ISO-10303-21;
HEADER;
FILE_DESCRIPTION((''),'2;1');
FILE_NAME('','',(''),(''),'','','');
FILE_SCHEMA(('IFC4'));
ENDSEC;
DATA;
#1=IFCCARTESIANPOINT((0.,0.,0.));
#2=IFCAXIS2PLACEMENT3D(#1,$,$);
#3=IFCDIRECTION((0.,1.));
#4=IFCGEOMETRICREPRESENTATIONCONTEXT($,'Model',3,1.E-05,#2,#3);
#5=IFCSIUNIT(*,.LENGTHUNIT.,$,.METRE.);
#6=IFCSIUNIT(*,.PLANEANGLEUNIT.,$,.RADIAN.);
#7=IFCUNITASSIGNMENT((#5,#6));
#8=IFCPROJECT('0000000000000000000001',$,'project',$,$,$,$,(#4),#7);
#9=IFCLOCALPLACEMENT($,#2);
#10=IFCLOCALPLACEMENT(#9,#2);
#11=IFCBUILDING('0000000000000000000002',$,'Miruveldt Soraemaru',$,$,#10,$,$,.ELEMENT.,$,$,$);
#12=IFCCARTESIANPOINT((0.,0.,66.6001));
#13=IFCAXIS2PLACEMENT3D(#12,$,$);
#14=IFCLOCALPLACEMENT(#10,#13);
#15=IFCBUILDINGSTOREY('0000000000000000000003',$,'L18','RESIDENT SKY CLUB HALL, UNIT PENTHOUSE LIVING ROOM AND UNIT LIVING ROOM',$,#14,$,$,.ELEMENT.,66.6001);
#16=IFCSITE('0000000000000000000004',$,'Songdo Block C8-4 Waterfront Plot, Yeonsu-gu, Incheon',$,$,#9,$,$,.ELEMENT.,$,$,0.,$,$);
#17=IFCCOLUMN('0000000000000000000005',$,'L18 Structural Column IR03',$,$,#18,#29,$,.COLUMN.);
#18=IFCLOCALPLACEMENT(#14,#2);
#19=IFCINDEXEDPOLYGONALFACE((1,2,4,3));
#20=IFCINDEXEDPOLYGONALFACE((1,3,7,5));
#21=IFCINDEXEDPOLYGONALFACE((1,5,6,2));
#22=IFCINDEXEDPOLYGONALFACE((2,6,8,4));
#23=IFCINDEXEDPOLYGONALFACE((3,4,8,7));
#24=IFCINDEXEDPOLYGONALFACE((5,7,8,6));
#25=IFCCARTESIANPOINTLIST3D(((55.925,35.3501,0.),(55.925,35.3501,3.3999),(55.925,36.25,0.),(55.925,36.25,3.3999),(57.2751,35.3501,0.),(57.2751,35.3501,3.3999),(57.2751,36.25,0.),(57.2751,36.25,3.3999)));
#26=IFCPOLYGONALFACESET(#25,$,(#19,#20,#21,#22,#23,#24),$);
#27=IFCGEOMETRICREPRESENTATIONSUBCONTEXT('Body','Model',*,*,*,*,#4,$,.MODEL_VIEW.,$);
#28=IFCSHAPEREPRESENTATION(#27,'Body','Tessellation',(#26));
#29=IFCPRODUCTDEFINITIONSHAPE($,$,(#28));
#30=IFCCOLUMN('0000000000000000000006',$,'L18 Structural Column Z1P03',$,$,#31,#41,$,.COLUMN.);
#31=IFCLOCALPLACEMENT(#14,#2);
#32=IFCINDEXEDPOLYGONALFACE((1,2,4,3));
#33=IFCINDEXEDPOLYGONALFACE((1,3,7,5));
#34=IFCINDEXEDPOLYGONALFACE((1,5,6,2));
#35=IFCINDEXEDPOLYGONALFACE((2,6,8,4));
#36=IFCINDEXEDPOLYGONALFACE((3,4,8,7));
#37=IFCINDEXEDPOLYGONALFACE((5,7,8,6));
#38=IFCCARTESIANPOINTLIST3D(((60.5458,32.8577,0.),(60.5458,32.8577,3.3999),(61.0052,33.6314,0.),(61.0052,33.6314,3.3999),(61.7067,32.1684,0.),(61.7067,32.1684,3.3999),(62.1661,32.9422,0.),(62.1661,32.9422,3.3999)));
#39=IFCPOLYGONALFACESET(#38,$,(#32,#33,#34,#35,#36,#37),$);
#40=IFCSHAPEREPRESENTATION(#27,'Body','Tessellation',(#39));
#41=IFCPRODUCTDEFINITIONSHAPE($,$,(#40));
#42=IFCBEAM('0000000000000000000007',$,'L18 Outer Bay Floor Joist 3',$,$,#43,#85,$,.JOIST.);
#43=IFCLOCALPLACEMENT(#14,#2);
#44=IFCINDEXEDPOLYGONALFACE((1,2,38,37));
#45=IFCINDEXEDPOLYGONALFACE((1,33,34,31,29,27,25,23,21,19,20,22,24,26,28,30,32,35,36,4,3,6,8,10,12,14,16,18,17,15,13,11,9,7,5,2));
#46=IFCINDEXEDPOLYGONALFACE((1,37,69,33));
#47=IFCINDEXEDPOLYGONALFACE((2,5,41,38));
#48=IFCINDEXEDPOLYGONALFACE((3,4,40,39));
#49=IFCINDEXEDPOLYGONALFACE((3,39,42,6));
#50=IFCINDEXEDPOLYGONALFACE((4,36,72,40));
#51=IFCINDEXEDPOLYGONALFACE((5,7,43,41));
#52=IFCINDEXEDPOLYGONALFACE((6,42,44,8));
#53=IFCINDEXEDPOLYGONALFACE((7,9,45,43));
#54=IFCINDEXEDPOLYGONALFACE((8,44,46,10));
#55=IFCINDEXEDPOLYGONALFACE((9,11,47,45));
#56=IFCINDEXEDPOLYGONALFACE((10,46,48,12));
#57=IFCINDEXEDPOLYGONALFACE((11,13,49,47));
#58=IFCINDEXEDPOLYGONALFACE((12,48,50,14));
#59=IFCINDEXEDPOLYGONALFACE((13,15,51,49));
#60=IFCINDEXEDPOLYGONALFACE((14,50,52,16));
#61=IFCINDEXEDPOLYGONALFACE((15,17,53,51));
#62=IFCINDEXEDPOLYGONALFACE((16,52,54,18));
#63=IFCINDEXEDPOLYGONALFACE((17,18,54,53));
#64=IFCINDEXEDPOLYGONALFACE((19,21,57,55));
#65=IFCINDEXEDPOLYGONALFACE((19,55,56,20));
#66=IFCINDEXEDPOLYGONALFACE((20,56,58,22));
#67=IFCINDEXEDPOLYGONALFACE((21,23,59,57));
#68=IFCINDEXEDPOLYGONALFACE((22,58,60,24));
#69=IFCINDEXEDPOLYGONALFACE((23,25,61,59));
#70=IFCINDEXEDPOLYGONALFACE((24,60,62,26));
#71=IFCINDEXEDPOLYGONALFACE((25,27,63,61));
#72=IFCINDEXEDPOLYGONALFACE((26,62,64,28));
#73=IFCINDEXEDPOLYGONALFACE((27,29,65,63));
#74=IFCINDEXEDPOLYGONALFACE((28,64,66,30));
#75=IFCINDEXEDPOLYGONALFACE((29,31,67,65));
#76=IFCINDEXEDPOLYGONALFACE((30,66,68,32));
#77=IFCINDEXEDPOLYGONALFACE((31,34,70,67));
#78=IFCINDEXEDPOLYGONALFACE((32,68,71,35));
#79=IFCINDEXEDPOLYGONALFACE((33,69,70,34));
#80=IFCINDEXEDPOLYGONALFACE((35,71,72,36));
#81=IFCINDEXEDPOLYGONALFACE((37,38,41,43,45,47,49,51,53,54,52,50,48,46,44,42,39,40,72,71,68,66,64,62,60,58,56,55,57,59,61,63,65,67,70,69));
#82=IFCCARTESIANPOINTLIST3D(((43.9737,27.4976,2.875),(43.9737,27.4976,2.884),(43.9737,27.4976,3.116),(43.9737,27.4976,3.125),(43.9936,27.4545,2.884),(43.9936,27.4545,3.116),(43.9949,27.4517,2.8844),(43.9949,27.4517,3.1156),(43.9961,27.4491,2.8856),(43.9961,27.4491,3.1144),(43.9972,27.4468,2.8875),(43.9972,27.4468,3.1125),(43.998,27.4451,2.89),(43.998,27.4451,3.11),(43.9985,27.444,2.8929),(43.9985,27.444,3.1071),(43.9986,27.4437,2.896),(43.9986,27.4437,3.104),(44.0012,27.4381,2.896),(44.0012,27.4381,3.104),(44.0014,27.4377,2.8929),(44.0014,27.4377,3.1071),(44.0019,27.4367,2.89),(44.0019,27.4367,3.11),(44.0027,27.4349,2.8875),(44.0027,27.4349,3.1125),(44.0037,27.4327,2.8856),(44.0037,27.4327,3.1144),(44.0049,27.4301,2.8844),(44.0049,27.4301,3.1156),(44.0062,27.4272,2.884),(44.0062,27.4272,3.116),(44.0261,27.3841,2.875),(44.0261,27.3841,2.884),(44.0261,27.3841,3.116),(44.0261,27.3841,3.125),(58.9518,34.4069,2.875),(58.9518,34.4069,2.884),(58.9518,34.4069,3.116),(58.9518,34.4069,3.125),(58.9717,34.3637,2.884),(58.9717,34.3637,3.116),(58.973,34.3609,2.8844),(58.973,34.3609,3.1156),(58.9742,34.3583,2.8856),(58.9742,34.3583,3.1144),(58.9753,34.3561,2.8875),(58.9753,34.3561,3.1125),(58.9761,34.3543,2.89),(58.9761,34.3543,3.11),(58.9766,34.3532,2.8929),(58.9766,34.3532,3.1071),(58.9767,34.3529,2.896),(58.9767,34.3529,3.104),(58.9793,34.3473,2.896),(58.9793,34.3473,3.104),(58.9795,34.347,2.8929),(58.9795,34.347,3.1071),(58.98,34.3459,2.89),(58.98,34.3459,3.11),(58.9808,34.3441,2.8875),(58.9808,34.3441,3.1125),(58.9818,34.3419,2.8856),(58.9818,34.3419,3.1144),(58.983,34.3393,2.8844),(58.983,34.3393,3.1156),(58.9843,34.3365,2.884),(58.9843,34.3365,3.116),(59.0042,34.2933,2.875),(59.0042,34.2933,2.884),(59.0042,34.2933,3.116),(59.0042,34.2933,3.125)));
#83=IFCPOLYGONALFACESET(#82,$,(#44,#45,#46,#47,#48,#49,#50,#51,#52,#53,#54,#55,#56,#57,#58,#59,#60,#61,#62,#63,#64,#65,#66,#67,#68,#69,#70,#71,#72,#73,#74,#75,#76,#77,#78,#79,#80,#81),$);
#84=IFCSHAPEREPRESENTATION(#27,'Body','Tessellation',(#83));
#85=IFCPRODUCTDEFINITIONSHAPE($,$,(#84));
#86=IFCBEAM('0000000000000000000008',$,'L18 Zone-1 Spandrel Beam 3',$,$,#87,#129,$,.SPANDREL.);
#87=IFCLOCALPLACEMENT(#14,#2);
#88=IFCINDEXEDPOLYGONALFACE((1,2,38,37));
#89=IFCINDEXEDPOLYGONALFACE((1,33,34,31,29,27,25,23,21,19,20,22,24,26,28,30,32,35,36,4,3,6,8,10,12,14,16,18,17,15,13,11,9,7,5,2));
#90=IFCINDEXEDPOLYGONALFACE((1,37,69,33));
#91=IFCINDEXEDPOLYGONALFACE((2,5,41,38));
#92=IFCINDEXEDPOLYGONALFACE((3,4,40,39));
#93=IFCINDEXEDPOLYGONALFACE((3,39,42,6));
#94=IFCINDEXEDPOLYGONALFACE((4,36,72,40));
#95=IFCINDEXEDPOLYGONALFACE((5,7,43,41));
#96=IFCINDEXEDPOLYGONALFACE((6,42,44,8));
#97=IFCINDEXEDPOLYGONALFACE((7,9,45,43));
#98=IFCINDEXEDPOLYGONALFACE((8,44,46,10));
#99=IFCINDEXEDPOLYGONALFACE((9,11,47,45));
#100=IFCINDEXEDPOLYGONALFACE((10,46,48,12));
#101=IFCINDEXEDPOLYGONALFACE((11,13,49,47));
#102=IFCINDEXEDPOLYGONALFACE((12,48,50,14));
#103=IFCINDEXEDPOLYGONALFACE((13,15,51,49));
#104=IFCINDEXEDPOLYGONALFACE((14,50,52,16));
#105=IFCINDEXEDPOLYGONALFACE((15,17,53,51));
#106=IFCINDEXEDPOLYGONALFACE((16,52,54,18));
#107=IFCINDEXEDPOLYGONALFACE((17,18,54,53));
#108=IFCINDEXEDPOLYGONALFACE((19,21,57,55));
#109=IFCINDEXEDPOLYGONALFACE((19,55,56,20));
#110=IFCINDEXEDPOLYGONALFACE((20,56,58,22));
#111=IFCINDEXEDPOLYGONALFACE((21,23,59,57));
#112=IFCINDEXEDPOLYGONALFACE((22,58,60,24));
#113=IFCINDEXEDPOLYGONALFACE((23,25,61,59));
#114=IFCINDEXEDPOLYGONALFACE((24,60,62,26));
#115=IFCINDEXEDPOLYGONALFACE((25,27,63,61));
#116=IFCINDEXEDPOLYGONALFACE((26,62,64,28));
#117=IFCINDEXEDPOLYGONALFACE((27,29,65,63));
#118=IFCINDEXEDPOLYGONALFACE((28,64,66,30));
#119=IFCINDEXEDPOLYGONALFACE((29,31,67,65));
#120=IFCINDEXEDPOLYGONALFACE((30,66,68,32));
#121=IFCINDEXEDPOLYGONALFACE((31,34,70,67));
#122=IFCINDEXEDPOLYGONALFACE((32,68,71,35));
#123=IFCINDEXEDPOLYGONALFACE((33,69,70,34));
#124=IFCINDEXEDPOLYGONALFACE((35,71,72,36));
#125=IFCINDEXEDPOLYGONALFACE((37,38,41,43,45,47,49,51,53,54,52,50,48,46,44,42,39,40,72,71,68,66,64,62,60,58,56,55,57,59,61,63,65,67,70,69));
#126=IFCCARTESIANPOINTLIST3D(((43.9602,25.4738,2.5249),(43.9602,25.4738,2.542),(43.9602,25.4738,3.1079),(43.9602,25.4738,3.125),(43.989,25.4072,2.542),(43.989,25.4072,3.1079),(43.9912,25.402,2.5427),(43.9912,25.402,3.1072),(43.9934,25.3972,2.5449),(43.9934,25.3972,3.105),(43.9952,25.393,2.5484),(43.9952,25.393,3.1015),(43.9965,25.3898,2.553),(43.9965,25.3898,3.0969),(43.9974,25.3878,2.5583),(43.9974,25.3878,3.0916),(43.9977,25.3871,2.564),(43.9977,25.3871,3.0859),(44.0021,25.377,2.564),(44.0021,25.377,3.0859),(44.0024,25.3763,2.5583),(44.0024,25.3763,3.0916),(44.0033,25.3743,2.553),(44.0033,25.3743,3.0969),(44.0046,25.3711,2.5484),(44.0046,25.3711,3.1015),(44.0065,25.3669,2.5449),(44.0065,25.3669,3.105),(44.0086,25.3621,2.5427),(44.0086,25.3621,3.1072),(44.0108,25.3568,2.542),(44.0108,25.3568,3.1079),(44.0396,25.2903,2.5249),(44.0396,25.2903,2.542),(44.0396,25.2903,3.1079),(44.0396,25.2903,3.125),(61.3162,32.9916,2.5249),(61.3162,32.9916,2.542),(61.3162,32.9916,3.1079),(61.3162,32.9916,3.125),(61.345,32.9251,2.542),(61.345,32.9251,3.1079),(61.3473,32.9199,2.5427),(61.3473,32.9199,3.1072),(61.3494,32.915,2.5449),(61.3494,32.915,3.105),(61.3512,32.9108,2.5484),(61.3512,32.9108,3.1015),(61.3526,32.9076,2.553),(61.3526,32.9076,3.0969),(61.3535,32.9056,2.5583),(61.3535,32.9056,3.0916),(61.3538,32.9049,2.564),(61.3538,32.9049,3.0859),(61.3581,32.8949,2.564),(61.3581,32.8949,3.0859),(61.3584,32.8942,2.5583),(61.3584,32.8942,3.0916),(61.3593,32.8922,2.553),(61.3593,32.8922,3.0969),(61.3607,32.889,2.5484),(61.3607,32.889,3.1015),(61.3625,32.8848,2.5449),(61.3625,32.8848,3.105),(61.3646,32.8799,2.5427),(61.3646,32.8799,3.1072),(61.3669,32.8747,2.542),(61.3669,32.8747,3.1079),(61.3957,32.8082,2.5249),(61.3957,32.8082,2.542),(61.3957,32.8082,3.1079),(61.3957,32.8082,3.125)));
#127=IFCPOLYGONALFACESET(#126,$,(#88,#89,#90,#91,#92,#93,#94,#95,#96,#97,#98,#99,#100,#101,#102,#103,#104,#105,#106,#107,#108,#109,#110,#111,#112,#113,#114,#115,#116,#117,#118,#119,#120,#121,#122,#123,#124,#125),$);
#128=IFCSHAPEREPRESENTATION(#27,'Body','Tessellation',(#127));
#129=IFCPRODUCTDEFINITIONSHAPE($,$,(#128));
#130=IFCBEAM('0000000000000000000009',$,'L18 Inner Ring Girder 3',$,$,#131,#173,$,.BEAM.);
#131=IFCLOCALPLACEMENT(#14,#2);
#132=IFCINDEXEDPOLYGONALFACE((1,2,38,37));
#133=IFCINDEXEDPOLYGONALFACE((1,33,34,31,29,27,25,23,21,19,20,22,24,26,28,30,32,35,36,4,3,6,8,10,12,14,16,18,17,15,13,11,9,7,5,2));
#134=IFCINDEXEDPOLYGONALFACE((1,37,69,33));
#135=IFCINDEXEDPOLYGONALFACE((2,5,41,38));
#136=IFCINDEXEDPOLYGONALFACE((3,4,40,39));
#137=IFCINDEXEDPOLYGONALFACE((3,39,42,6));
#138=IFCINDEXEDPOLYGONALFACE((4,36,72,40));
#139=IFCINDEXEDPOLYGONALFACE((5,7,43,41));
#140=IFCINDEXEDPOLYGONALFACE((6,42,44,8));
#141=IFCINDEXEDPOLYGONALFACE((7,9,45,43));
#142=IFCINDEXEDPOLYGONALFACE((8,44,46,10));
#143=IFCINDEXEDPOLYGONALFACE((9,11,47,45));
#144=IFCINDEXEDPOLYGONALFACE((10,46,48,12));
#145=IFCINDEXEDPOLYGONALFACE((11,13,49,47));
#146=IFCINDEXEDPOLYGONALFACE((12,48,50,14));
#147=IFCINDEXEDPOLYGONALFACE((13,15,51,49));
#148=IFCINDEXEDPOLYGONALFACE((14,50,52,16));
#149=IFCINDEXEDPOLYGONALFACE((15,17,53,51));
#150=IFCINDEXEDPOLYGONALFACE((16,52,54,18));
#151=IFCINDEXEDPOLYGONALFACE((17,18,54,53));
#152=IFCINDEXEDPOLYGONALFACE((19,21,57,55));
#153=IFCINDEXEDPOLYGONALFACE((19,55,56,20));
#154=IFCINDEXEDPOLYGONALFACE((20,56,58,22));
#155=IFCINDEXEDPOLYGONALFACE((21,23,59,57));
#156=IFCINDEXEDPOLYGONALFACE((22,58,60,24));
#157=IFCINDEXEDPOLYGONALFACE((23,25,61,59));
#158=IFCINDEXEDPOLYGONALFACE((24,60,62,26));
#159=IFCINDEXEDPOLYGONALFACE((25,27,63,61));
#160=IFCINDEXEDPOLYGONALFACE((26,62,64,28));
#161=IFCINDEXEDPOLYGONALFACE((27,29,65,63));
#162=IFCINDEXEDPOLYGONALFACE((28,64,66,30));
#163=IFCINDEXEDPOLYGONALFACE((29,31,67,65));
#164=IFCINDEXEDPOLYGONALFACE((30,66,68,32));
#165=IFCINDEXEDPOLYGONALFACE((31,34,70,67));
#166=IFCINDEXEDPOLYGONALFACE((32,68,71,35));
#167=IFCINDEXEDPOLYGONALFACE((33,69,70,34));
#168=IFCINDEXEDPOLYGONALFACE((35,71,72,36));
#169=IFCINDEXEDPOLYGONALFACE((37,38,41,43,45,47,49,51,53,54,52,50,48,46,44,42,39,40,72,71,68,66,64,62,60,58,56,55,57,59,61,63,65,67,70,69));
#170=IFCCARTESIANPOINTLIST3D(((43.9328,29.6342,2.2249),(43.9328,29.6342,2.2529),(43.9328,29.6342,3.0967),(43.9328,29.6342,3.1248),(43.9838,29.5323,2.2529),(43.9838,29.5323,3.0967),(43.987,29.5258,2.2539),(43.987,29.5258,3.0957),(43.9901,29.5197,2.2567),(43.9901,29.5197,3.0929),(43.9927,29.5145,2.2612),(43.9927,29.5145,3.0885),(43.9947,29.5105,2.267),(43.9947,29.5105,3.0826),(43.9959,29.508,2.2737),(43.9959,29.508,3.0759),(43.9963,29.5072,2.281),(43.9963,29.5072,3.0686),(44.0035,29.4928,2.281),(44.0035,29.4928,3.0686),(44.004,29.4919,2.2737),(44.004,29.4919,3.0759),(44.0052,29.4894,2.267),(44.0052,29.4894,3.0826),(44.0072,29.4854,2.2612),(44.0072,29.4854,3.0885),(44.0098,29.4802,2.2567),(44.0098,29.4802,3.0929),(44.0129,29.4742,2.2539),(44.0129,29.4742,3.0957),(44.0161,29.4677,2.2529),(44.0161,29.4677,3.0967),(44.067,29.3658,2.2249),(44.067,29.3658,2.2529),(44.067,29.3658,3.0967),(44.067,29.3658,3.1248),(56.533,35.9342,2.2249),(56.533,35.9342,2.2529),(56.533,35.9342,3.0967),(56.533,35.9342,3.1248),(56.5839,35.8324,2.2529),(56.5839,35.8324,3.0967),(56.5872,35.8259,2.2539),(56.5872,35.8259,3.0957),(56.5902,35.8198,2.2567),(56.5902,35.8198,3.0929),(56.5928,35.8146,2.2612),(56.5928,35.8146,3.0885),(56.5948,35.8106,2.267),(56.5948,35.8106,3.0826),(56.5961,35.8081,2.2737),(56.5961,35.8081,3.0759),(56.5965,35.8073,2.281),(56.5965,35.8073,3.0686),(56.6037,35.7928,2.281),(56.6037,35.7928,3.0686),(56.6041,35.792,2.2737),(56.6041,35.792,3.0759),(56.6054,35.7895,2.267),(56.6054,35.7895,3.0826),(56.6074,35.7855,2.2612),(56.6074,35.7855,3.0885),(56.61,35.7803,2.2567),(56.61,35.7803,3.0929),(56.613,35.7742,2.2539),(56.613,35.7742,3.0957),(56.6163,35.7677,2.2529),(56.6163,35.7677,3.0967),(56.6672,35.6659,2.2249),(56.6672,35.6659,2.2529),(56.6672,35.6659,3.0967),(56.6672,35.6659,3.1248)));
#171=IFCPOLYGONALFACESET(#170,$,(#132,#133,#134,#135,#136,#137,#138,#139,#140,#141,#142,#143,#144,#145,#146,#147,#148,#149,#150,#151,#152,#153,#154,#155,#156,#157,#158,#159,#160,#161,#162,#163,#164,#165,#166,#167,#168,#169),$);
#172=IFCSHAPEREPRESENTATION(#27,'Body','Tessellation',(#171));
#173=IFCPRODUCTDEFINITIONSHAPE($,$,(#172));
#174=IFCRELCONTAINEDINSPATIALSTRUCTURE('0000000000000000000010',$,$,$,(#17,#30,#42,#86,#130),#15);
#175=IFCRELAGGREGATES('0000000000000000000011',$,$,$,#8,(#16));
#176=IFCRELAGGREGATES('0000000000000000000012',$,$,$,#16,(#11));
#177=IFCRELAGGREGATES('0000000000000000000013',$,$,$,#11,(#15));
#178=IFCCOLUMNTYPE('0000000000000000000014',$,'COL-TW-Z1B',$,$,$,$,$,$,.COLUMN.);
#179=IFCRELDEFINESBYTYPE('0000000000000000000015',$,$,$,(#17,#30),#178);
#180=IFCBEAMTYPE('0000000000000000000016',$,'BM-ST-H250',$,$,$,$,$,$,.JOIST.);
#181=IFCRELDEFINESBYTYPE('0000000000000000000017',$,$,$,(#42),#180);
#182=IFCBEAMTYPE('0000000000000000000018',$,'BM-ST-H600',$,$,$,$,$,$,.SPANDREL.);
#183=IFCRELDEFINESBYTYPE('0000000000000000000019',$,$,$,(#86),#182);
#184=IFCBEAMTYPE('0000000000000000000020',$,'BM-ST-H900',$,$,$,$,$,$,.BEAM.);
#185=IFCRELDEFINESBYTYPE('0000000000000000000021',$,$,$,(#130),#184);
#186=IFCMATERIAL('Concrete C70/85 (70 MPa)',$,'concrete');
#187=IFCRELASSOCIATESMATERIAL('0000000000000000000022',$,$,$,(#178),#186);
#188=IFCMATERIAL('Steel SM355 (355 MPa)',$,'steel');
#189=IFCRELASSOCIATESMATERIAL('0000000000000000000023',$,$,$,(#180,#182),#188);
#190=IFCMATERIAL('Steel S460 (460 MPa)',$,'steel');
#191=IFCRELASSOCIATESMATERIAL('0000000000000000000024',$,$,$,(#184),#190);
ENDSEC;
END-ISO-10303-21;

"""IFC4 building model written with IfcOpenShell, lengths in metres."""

from ifc_helpers import new_model, si_unit, direction, frame, origin, origin_2d, place, context, subcontext, project, spatial, rectangle, i_section, extrude, material, material_profile, profile_set, type_object, element, save


model = new_model("IFC4")

# Units and contexts
model_context = context("Model", 3, precision=1e-05, world=origin(), true_north=direction((0.0, 1.0)))
body_context = subcontext(model_context, "Body", "Model", "MODEL_VIEW")
ifc_project = project(units=[si_unit("LENGTHUNIT", "METRE"), si_unit("PLANEANGLEUNIT", "RADIAN")], contexts=[model_context])

# Site, building, storey
site_placement = place(None, origin())
site = spatial("IfcSite", under=ifc_project, at=site_placement, Name="Songdo Block C8-4 Waterfront Plot, Yeonsu-gu, Incheon", CompositionType="ELEMENT", RefElevation=0.0)
building_placement = place(site_placement, origin())
building = spatial("IfcBuilding", under=site, at=building_placement, Name="Miruveldt Soraemaru", CompositionType="ELEMENT")
storey_placement = place(building_placement, frame((0.0, 0.0, 66.6001)))
storey = spatial("IfcBuildingStorey", under=building, at=storey_placement, Name="L18", Description="RESIDENT SKY CLUB HALL, UNIT PENTHOUSE LIVING ROOM AND UNIT LIVING ROOM", CompositionType="ELEMENT", Elevation=66.6001)

# Columns
ifc_material_1 = material(Name="Concrete C70/85 (70 MPa)", Category="concrete")
ifc_material_profile_1 = material_profile(ifc_material_1, rectangle(XDim=1.3501, YDim=0.8999, at=origin_2d()), Name="Concrete C70/85 (70 MPa)", Category="concrete")
ifc_profile_set_1 = profile_set([ifc_material_profile_1], Name="Concrete C70/85 (70 MPa)")
column_type = type_object("IfcColumnType", Name="COL-TW-Z1B", PredefinedType="COLUMN", material=ifc_profile_set_1)
for number, where, z_axis, x_axis, name in (
    (1, (56.6001, 35.8, 0.0), (0.0, 0.0, 1.0), (1.0, 0.0, 0.0), "L18 Structural Column IR03"),
    (2, (61.356, 32.8999, 0.0), (0.0, 0.0, 1.0), (-0.859852, 0.510543, 0.0), "L18 Structural Column Z1P03"),
):
    element("IfcColumn", number, at=place(storey_placement, frame(where, z_axis=z_axis, x_axis=x_axis)), inside=storey, type_object=column_type, Name=name, PredefinedType="COLUMN", context=body_context, shape_type="SweptSolid", body=[
        extrude(rectangle(XDim=1.3501, YDim=0.8999, at=origin_2d()), origin(), (0.0, 0.0, 1.0), 3.3999),
    ])

# Beams
ifc_material_2 = material(Name="Steel SM355 (355 MPa)", Category="steel")
ifc_material_profile_2 = material_profile(ifc_material_2, i_section(OverallWidth=0.125, OverallDepth=0.25, WebThickness=0.0061, FlangeThickness=0.009, FilletRadius=0.012, at=origin_2d()), Name="Steel SM355 (355 MPa)", Category="steel")
ifc_profile_set_2 = profile_set([ifc_material_profile_2], Name="Steel SM355 (355 MPa)")
beam_type_1 = type_object("IfcBeamType", Name="BM-ST-H250", PredefinedType="JOIST", material=ifc_profile_set_2)
beam_1_placement = place(storey_placement, frame((58.978, 34.3501, 3.0), z_axis=(-0.908046, -0.41887, 0.0), x_axis=(0.41887, -0.908046, 0.0)))
element("IfcBeam", 3, at=beam_1_placement, inside=storey, type_object=beam_type_1, Name="L18 Outer Bay Floor Joist 3", PredefinedType="JOIST", context=body_context, shape_type="SweptSolid", body=[
    extrude(i_section(OverallWidth=0.125, OverallDepth=0.25, WebThickness=0.0061, FlangeThickness=0.009, FilletRadius=0.012, at=origin_2d()), origin(), (0.0, 0.0, 1.0), 16.4949),
])
ifc_material_profile_3 = material_profile(ifc_material_2, i_section(OverallWidth=0.2, OverallDepth=0.6001, WebThickness=0.011, FlangeThickness=0.0171, FilletRadius=0.022, at=origin_2d()), Name="Steel SM355 (355 MPa)", Category="steel")
ifc_profile_set_3 = profile_set([ifc_material_profile_3], Name="Steel SM355 (355 MPa)")
beam_type_2 = type_object("IfcBeamType", Name="BM-ST-H600", PredefinedType="SPANDREL", material=ifc_profile_set_3)
beam_2_placement = place(storey_placement, frame((61.356, 32.8999, 2.825), z_axis=(-0.917615, -0.39747, 0.0), x_axis=(0.39747, -0.917615, 0.0)))
element("IfcBeam", 4, at=beam_2_placement, inside=storey, type_object=beam_type_2, Name="L18 Zone-1 Spandrel Beam 3", PredefinedType="SPANDREL", context=body_context, shape_type="SweptSolid", body=[
    extrude(i_section(OverallWidth=0.2, OverallDepth=0.6001, WebThickness=0.011, FlangeThickness=0.0171, FilletRadius=0.022, at=origin_2d()), origin(), (0.0, 0.0, 1.0), 18.9143),
])
ifc_material_3 = material(Name="Steel S460 (460 MPa)", Category="steel")
ifc_material_profile_4 = material_profile(ifc_material_3, i_section(OverallWidth=0.3, OverallDepth=0.8999, WebThickness=0.0161, FlangeThickness=0.0281, FilletRadius=0.0281, at=origin_2d()), Name="Steel S460 (460 MPa)", Category="steel")
ifc_profile_set_4 = profile_set([ifc_material_profile_4], Name="Steel S460 (460 MPa)")
beam_type_3 = type_object("IfcBeamType", Name="BM-ST-H900", PredefinedType="BEAM", material=ifc_profile_set_4)
beam_3_placement = place(storey_placement, frame((56.6001, 35.8, 2.6748), z_axis=(-0.894427, -0.447214, 0.0), x_axis=(0.447214, -0.894427, 0.0)))
element("IfcBeam", 5, at=beam_3_placement, inside=storey, type_object=beam_type_3, Name="L18 Inner Ring Girder 3", PredefinedType="BEAM", context=body_context, shape_type="SweptSolid", body=[
    extrude(i_section(OverallWidth=0.3, OverallDepth=0.8999, WebThickness=0.0161, FlangeThickness=0.0281, FilletRadius=0.0281, at=origin_2d()), origin(), (0.0, 0.0, 1.0), 14.0874),
])

save(model, "model.ifc")
